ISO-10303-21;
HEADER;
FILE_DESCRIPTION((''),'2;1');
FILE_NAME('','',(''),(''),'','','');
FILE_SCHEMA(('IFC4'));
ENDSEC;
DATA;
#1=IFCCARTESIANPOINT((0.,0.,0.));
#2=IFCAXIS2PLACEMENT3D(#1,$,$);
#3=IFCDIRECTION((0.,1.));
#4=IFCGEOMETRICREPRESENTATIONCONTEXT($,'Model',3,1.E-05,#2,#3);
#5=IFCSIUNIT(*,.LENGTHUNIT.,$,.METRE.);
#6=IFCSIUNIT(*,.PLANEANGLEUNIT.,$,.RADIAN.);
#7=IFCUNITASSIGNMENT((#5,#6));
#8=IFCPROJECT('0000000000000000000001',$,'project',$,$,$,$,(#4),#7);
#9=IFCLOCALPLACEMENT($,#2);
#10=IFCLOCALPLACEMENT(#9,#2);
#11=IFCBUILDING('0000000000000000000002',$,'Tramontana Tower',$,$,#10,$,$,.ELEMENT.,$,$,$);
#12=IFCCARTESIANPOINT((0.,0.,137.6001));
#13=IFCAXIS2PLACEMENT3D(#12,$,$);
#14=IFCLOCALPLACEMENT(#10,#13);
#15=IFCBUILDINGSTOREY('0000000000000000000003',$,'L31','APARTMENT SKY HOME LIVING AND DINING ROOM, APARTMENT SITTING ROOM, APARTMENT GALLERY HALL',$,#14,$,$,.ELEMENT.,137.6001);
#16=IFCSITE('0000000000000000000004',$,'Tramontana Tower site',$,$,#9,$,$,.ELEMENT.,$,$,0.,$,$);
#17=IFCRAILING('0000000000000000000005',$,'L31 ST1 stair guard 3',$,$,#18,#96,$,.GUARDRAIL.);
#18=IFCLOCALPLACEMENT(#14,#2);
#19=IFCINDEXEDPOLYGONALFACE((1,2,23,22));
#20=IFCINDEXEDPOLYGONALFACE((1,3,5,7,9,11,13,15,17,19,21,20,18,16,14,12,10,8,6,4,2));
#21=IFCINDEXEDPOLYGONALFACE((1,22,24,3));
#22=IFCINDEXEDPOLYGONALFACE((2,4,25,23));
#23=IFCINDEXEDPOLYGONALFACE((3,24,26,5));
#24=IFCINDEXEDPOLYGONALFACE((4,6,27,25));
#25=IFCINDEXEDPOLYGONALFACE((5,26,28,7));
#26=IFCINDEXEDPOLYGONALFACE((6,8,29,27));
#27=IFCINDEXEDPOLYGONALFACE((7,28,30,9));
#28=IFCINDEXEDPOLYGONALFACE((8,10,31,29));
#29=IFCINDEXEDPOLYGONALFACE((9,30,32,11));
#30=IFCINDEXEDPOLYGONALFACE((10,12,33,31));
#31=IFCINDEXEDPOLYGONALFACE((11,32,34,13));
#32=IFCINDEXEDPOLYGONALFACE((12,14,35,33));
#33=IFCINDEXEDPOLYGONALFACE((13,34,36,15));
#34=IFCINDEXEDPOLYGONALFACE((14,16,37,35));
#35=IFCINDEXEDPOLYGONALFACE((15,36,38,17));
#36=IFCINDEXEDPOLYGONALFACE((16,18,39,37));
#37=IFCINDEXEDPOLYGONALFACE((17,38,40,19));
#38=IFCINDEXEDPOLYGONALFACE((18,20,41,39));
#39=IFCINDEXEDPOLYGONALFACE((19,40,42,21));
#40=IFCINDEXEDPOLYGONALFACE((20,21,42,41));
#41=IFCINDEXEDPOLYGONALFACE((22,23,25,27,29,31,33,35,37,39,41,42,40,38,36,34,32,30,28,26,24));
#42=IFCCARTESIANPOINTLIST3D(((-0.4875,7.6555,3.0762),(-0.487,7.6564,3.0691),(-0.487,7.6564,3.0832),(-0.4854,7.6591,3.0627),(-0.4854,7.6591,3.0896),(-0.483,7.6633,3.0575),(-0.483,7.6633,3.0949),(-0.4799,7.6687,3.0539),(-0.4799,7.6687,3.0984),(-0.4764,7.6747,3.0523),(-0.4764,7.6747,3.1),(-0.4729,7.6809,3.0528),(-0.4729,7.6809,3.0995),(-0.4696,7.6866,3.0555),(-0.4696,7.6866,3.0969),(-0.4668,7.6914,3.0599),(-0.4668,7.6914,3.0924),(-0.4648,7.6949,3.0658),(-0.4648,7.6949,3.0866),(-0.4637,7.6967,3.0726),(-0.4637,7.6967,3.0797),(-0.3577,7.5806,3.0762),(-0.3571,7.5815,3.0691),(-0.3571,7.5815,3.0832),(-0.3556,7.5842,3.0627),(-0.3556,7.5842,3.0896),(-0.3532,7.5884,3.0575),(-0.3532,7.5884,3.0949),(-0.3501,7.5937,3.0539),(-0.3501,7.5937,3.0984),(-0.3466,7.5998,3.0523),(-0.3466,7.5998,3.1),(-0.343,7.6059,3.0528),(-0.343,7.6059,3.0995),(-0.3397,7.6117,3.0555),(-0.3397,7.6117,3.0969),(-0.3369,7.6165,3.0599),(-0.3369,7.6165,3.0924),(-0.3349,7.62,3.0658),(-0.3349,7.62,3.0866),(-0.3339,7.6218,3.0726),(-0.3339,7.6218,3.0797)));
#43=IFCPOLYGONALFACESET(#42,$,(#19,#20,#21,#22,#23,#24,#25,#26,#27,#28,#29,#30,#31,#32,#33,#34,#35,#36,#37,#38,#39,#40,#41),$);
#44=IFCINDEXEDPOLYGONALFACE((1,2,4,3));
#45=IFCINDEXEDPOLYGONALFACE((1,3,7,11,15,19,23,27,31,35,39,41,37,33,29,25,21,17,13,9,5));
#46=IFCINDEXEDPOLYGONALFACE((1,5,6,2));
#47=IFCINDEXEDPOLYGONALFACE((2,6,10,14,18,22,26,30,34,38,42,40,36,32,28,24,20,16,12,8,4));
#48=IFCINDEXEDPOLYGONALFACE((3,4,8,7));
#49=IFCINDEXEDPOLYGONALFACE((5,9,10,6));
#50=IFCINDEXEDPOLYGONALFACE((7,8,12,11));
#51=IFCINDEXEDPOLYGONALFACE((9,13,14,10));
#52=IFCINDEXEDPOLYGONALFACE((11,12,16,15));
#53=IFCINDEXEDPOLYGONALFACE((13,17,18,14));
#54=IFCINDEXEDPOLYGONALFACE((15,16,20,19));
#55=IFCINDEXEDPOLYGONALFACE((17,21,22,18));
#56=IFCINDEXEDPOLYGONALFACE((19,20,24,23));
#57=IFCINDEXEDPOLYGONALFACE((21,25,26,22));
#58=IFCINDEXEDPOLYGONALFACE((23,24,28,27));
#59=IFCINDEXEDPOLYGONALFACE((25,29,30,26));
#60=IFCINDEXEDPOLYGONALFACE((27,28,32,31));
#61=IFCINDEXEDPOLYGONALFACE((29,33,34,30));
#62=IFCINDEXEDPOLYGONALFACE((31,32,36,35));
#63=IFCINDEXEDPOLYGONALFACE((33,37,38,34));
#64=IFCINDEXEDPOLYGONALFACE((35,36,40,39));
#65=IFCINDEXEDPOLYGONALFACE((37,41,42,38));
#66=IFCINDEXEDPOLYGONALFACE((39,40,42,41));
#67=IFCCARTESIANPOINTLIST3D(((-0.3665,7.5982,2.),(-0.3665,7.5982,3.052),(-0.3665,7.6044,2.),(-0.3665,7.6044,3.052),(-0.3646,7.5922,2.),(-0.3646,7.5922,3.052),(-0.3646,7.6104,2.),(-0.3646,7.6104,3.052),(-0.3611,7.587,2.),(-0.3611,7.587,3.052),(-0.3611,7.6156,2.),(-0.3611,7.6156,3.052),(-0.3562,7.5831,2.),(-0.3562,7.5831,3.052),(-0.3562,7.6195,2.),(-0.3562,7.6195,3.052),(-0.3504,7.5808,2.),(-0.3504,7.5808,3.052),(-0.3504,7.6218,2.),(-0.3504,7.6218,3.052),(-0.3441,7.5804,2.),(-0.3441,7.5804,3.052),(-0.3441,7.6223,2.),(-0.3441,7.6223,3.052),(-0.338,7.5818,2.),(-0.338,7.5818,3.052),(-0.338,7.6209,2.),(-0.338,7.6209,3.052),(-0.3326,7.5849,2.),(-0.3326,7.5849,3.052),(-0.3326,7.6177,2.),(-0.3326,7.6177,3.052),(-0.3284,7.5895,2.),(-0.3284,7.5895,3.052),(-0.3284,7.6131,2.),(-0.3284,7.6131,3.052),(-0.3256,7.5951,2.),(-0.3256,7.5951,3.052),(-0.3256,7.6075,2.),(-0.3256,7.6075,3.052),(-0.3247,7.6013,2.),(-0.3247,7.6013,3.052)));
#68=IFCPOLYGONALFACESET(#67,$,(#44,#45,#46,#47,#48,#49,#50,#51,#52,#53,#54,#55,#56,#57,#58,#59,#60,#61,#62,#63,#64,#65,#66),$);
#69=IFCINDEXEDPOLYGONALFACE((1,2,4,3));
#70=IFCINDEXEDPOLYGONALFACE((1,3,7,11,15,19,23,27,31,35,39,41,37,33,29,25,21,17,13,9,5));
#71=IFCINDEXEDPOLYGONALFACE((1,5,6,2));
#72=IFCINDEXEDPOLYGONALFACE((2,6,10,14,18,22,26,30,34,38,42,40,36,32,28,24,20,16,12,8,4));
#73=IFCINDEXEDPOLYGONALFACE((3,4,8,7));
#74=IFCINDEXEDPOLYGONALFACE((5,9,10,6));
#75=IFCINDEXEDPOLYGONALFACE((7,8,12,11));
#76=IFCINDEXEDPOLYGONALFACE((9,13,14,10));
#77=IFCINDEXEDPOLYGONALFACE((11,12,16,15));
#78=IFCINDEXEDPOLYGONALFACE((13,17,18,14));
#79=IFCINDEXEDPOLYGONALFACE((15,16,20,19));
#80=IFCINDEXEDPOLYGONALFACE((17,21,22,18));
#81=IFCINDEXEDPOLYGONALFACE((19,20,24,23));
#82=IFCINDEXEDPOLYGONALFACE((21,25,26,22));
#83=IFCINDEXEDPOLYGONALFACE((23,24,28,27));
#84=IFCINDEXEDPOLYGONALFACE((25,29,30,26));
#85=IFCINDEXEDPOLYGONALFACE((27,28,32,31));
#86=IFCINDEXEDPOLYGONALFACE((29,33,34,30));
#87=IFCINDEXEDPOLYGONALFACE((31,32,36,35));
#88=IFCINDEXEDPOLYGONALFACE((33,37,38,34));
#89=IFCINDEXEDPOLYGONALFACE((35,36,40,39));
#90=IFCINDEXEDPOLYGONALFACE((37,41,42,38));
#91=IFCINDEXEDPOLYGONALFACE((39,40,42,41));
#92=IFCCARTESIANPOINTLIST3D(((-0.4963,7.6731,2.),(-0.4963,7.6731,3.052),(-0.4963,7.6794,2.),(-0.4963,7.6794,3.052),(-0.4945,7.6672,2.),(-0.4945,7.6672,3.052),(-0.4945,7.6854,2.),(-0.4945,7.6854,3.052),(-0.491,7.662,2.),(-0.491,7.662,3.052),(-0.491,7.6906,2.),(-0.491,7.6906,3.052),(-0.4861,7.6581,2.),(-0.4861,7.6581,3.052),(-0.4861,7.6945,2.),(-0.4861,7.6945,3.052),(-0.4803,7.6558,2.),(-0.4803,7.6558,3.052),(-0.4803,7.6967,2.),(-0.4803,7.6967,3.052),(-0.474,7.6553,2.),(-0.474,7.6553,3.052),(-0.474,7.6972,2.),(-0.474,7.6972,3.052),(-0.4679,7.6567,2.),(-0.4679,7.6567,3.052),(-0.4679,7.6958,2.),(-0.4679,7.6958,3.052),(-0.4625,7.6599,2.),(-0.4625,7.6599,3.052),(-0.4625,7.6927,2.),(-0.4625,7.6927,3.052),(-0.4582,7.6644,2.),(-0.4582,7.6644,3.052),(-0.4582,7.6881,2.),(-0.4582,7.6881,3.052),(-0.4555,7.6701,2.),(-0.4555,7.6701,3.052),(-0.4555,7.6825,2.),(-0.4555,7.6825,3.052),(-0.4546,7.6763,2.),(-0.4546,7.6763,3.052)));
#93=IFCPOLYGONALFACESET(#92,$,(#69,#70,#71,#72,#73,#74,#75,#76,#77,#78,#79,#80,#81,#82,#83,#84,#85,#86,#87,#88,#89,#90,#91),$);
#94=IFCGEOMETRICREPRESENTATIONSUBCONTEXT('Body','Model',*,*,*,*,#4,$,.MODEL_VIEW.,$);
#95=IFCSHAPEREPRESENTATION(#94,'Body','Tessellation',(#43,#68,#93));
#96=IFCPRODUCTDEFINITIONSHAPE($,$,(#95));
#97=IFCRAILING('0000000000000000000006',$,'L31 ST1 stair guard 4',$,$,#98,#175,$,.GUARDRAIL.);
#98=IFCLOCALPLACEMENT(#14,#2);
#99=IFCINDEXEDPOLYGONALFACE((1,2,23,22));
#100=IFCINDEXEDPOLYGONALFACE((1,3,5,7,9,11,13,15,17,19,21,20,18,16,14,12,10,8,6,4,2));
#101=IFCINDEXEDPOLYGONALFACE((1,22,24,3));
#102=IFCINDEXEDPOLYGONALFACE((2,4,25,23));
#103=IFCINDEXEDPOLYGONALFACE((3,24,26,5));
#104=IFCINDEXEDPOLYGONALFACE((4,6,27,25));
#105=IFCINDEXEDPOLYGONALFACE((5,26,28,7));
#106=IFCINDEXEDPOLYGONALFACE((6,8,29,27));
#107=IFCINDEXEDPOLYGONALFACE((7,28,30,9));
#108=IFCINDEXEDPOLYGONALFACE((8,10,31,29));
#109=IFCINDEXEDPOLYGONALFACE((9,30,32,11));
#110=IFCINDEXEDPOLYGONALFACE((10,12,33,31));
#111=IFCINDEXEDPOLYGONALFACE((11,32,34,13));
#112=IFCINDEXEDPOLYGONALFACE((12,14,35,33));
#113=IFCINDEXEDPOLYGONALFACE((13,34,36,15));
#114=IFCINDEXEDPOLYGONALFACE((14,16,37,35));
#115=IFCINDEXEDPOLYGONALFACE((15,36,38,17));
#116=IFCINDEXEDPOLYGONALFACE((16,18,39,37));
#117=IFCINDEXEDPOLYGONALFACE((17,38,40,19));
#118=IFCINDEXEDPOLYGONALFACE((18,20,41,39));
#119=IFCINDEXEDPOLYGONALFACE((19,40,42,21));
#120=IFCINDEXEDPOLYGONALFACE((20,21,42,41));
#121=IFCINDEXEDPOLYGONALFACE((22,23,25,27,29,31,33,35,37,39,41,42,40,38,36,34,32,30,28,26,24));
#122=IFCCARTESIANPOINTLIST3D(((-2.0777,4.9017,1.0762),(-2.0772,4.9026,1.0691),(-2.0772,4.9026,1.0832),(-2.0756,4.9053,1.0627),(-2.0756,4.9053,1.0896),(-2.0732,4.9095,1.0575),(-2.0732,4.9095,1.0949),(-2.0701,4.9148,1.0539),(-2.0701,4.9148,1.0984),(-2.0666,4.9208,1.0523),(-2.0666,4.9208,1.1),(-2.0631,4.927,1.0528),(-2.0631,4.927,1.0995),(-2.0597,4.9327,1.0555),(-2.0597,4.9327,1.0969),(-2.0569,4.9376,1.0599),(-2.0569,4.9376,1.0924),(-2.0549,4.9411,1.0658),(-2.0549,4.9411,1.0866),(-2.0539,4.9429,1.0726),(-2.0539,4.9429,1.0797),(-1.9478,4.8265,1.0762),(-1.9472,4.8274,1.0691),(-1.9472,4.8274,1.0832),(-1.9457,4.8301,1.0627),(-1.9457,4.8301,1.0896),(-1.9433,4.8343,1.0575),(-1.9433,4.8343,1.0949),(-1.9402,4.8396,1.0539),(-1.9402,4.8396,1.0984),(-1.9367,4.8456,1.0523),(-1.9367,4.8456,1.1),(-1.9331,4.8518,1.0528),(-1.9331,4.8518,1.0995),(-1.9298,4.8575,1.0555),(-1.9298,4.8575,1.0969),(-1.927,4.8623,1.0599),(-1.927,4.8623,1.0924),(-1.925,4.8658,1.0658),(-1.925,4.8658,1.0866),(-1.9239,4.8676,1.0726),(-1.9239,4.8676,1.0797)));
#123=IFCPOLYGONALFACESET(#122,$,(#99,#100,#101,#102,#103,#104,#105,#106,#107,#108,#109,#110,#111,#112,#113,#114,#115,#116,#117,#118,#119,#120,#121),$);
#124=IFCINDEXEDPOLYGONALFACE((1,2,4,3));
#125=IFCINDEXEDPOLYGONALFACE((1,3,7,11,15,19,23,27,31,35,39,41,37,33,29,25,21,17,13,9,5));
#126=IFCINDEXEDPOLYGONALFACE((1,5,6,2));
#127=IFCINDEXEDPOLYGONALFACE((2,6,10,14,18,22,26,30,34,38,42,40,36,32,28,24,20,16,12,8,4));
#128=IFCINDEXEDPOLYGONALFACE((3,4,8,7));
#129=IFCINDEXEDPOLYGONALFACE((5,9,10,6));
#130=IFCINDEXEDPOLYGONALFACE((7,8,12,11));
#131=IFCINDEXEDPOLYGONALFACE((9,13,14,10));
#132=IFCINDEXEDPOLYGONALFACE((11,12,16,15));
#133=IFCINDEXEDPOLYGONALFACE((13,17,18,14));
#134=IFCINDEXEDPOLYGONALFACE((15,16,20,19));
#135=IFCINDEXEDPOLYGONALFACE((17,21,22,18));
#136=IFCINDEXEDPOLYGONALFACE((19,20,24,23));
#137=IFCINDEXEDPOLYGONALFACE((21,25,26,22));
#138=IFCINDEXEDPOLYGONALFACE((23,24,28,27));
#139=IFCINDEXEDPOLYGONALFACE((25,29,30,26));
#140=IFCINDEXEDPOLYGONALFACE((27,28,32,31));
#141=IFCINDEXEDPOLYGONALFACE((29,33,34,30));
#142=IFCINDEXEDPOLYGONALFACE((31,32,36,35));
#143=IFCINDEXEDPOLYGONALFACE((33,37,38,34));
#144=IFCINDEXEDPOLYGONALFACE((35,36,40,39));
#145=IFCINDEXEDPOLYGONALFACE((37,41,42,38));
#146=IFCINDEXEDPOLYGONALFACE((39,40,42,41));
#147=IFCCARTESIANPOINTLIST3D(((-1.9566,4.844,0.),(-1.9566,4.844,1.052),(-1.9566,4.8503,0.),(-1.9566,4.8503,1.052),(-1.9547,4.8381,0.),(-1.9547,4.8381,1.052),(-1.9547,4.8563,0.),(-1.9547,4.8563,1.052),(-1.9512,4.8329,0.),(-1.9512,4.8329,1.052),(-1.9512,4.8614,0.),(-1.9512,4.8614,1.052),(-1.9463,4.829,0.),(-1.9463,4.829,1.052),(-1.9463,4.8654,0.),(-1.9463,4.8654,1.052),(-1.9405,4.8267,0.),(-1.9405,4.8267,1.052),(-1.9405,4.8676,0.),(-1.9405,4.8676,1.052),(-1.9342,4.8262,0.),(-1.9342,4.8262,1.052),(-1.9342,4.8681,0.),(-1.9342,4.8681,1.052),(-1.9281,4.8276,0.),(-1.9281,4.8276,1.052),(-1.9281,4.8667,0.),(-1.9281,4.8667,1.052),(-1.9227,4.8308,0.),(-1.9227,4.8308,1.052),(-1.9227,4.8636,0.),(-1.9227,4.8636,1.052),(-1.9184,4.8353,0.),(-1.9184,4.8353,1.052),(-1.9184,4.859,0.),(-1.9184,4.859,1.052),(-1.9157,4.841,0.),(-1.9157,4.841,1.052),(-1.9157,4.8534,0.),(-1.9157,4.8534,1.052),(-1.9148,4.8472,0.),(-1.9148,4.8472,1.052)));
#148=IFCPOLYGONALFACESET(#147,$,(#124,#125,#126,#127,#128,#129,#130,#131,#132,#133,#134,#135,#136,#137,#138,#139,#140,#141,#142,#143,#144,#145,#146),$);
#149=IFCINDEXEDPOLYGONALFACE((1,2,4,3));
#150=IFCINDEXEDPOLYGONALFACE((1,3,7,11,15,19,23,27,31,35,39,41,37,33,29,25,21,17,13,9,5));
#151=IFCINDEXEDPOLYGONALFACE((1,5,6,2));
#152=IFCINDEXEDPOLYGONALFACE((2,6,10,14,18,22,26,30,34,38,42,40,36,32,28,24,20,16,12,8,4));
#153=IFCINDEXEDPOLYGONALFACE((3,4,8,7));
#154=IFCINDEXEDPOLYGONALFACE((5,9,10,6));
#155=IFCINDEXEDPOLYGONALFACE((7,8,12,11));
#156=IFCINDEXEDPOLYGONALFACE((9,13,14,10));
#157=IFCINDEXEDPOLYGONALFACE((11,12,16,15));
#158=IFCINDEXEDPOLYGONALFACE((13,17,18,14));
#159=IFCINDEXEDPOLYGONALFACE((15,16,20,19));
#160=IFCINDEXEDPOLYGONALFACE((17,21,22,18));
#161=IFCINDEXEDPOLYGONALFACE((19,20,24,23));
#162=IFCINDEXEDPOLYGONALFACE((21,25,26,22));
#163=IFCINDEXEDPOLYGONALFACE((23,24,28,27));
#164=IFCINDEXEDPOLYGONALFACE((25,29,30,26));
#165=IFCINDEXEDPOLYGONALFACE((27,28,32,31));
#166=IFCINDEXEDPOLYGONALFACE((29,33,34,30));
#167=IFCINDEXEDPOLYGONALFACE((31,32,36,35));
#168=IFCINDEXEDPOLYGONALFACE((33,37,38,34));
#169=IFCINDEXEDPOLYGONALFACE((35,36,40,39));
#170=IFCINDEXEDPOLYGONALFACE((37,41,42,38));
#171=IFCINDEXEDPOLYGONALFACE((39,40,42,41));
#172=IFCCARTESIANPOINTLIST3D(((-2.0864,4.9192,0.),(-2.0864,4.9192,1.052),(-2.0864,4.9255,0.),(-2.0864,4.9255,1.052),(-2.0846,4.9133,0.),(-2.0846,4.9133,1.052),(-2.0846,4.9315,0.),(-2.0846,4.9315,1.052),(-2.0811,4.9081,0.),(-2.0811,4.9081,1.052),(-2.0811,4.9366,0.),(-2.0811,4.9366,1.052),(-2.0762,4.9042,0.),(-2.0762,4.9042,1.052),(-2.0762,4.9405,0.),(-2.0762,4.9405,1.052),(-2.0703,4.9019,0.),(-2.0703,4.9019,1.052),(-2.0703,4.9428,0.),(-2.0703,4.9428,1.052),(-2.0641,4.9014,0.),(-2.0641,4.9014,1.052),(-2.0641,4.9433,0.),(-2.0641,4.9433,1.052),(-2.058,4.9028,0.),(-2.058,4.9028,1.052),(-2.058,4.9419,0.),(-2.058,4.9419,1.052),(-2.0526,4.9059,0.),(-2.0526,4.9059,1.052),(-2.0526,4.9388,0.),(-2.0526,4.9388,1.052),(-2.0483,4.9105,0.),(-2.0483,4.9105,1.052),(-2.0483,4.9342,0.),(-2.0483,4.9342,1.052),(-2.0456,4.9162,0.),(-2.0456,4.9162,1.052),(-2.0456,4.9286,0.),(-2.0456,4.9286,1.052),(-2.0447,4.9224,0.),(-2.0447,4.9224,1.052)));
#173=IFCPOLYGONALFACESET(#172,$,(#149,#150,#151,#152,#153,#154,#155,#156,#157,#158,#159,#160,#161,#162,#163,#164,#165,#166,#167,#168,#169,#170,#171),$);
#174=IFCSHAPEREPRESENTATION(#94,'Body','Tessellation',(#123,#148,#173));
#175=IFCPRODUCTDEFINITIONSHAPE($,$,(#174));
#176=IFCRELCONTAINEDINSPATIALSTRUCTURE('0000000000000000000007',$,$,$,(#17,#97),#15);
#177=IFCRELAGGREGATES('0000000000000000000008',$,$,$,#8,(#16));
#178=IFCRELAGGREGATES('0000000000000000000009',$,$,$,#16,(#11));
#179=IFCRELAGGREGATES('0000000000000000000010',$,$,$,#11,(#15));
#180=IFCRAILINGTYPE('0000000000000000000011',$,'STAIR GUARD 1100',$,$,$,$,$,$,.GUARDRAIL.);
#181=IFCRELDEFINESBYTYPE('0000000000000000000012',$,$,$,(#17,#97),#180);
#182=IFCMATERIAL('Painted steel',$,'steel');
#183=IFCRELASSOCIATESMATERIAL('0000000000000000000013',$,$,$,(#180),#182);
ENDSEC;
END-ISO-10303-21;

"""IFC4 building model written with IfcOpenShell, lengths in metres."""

from ifc_helpers import new_model, si_unit, direction, frame, origin, origin_2d, place, context, subcontext, project, spatial, circle, extrude, material, type_object, element, save


model = new_model("IFC4")

# Units and contexts
model_context = context("Model", 3, precision=1e-05, world=origin(), true_north=direction((0.0, 1.0)))
body_context = subcontext(model_context, "Body", "Model", "MODEL_VIEW")
ifc_project = project(units=[si_unit("LENGTHUNIT", "METRE"), si_unit("PLANEANGLEUNIT", "RADIAN")], contexts=[model_context])

# Site, building, storey
site_placement = place(None, origin())
site = spatial("IfcSite", under=ifc_project, at=site_placement, Name="Tramontana Tower site", CompositionType="ELEMENT", RefElevation=0.0)
building_placement = place(site_placement, origin())
building = spatial("IfcBuilding", under=site, at=building_placement, Name="Tramontana Tower", CompositionType="ELEMENT")
storey_placement = place(building_placement, frame((0.0, 0.0, 137.6001)))
storey = spatial("IfcBuildingStorey", under=building, at=storey_placement, Name="L31", Description="APARTMENT SKY HOME LIVING AND DINING ROOM, APARTMENT SITTING ROOM, APARTMENT GALLERY HALL", CompositionType="ELEMENT", Elevation=137.6001)

# Railings
ifc_material_1 = material(Name="Painted steel", Category="steel")
railing_type_1 = type_object("IfcRailingType", Name="STAIR GUARD 1100", PredefinedType="GUARDRAIL", material=ifc_material_1)
railing_1_placement = place(storey_placement, frame((-0.3457, 7.6013, 2.0)))
element("IfcRailing", 1, at=railing_1_placement, inside=storey, type_object=railing_type_1, Name="L31 ST1 stair guard 3", PredefinedType="GUARDRAIL", context=body_context, shape_type="SweptSolid", body=[
    extrude(circle(Radius=0.0239, at=origin_2d()), frame((0.0, 0.0, 1.0762), z_axis=(-0.866131, 0.499816, 0.0), x_axis=(-0.499816, -0.866131, 0.0)), (0.0, 0.0, 1.0), 0.1499),
    extrude(circle(Radius=0.021, at=origin_2d()), origin(), (0.0, 0.0, 1.0), 1.052),
    extrude(circle(Radius=0.021, at=origin_2d()), frame((-0.1299, 0.075, 0.0)), (0.0, 0.0, 1.0), 1.052),
])
railing_2_placement = place(storey_placement, frame((-1.9358, 4.8472, 0.0)))
element("IfcRailing", 2, at=railing_2_placement, inside=storey, type_object=railing_type_1, Name="L31 ST1 stair guard 4", PredefinedType="GUARDRAIL", context=body_context, shape_type="SweptSolid", body=[
    extrude(circle(Radius=0.0239, at=origin_2d()), frame((0.0, 0.0, 1.0762), z_axis=(-0.865426, 0.501036, 0.0), x_axis=(-0.501036, -0.865426, 0.0)), (0.0, 0.0, 1.0), 0.1501),
    extrude(circle(Radius=0.021, at=origin_2d()), origin(), (0.0, 0.0, 1.0), 1.052),
    extrude(circle(Radius=0.021, at=origin_2d()), frame((-0.1299, 0.0752, 0.0)), (0.0, 0.0, 1.0), 1.052),
])

save(model, "model.ifc")
